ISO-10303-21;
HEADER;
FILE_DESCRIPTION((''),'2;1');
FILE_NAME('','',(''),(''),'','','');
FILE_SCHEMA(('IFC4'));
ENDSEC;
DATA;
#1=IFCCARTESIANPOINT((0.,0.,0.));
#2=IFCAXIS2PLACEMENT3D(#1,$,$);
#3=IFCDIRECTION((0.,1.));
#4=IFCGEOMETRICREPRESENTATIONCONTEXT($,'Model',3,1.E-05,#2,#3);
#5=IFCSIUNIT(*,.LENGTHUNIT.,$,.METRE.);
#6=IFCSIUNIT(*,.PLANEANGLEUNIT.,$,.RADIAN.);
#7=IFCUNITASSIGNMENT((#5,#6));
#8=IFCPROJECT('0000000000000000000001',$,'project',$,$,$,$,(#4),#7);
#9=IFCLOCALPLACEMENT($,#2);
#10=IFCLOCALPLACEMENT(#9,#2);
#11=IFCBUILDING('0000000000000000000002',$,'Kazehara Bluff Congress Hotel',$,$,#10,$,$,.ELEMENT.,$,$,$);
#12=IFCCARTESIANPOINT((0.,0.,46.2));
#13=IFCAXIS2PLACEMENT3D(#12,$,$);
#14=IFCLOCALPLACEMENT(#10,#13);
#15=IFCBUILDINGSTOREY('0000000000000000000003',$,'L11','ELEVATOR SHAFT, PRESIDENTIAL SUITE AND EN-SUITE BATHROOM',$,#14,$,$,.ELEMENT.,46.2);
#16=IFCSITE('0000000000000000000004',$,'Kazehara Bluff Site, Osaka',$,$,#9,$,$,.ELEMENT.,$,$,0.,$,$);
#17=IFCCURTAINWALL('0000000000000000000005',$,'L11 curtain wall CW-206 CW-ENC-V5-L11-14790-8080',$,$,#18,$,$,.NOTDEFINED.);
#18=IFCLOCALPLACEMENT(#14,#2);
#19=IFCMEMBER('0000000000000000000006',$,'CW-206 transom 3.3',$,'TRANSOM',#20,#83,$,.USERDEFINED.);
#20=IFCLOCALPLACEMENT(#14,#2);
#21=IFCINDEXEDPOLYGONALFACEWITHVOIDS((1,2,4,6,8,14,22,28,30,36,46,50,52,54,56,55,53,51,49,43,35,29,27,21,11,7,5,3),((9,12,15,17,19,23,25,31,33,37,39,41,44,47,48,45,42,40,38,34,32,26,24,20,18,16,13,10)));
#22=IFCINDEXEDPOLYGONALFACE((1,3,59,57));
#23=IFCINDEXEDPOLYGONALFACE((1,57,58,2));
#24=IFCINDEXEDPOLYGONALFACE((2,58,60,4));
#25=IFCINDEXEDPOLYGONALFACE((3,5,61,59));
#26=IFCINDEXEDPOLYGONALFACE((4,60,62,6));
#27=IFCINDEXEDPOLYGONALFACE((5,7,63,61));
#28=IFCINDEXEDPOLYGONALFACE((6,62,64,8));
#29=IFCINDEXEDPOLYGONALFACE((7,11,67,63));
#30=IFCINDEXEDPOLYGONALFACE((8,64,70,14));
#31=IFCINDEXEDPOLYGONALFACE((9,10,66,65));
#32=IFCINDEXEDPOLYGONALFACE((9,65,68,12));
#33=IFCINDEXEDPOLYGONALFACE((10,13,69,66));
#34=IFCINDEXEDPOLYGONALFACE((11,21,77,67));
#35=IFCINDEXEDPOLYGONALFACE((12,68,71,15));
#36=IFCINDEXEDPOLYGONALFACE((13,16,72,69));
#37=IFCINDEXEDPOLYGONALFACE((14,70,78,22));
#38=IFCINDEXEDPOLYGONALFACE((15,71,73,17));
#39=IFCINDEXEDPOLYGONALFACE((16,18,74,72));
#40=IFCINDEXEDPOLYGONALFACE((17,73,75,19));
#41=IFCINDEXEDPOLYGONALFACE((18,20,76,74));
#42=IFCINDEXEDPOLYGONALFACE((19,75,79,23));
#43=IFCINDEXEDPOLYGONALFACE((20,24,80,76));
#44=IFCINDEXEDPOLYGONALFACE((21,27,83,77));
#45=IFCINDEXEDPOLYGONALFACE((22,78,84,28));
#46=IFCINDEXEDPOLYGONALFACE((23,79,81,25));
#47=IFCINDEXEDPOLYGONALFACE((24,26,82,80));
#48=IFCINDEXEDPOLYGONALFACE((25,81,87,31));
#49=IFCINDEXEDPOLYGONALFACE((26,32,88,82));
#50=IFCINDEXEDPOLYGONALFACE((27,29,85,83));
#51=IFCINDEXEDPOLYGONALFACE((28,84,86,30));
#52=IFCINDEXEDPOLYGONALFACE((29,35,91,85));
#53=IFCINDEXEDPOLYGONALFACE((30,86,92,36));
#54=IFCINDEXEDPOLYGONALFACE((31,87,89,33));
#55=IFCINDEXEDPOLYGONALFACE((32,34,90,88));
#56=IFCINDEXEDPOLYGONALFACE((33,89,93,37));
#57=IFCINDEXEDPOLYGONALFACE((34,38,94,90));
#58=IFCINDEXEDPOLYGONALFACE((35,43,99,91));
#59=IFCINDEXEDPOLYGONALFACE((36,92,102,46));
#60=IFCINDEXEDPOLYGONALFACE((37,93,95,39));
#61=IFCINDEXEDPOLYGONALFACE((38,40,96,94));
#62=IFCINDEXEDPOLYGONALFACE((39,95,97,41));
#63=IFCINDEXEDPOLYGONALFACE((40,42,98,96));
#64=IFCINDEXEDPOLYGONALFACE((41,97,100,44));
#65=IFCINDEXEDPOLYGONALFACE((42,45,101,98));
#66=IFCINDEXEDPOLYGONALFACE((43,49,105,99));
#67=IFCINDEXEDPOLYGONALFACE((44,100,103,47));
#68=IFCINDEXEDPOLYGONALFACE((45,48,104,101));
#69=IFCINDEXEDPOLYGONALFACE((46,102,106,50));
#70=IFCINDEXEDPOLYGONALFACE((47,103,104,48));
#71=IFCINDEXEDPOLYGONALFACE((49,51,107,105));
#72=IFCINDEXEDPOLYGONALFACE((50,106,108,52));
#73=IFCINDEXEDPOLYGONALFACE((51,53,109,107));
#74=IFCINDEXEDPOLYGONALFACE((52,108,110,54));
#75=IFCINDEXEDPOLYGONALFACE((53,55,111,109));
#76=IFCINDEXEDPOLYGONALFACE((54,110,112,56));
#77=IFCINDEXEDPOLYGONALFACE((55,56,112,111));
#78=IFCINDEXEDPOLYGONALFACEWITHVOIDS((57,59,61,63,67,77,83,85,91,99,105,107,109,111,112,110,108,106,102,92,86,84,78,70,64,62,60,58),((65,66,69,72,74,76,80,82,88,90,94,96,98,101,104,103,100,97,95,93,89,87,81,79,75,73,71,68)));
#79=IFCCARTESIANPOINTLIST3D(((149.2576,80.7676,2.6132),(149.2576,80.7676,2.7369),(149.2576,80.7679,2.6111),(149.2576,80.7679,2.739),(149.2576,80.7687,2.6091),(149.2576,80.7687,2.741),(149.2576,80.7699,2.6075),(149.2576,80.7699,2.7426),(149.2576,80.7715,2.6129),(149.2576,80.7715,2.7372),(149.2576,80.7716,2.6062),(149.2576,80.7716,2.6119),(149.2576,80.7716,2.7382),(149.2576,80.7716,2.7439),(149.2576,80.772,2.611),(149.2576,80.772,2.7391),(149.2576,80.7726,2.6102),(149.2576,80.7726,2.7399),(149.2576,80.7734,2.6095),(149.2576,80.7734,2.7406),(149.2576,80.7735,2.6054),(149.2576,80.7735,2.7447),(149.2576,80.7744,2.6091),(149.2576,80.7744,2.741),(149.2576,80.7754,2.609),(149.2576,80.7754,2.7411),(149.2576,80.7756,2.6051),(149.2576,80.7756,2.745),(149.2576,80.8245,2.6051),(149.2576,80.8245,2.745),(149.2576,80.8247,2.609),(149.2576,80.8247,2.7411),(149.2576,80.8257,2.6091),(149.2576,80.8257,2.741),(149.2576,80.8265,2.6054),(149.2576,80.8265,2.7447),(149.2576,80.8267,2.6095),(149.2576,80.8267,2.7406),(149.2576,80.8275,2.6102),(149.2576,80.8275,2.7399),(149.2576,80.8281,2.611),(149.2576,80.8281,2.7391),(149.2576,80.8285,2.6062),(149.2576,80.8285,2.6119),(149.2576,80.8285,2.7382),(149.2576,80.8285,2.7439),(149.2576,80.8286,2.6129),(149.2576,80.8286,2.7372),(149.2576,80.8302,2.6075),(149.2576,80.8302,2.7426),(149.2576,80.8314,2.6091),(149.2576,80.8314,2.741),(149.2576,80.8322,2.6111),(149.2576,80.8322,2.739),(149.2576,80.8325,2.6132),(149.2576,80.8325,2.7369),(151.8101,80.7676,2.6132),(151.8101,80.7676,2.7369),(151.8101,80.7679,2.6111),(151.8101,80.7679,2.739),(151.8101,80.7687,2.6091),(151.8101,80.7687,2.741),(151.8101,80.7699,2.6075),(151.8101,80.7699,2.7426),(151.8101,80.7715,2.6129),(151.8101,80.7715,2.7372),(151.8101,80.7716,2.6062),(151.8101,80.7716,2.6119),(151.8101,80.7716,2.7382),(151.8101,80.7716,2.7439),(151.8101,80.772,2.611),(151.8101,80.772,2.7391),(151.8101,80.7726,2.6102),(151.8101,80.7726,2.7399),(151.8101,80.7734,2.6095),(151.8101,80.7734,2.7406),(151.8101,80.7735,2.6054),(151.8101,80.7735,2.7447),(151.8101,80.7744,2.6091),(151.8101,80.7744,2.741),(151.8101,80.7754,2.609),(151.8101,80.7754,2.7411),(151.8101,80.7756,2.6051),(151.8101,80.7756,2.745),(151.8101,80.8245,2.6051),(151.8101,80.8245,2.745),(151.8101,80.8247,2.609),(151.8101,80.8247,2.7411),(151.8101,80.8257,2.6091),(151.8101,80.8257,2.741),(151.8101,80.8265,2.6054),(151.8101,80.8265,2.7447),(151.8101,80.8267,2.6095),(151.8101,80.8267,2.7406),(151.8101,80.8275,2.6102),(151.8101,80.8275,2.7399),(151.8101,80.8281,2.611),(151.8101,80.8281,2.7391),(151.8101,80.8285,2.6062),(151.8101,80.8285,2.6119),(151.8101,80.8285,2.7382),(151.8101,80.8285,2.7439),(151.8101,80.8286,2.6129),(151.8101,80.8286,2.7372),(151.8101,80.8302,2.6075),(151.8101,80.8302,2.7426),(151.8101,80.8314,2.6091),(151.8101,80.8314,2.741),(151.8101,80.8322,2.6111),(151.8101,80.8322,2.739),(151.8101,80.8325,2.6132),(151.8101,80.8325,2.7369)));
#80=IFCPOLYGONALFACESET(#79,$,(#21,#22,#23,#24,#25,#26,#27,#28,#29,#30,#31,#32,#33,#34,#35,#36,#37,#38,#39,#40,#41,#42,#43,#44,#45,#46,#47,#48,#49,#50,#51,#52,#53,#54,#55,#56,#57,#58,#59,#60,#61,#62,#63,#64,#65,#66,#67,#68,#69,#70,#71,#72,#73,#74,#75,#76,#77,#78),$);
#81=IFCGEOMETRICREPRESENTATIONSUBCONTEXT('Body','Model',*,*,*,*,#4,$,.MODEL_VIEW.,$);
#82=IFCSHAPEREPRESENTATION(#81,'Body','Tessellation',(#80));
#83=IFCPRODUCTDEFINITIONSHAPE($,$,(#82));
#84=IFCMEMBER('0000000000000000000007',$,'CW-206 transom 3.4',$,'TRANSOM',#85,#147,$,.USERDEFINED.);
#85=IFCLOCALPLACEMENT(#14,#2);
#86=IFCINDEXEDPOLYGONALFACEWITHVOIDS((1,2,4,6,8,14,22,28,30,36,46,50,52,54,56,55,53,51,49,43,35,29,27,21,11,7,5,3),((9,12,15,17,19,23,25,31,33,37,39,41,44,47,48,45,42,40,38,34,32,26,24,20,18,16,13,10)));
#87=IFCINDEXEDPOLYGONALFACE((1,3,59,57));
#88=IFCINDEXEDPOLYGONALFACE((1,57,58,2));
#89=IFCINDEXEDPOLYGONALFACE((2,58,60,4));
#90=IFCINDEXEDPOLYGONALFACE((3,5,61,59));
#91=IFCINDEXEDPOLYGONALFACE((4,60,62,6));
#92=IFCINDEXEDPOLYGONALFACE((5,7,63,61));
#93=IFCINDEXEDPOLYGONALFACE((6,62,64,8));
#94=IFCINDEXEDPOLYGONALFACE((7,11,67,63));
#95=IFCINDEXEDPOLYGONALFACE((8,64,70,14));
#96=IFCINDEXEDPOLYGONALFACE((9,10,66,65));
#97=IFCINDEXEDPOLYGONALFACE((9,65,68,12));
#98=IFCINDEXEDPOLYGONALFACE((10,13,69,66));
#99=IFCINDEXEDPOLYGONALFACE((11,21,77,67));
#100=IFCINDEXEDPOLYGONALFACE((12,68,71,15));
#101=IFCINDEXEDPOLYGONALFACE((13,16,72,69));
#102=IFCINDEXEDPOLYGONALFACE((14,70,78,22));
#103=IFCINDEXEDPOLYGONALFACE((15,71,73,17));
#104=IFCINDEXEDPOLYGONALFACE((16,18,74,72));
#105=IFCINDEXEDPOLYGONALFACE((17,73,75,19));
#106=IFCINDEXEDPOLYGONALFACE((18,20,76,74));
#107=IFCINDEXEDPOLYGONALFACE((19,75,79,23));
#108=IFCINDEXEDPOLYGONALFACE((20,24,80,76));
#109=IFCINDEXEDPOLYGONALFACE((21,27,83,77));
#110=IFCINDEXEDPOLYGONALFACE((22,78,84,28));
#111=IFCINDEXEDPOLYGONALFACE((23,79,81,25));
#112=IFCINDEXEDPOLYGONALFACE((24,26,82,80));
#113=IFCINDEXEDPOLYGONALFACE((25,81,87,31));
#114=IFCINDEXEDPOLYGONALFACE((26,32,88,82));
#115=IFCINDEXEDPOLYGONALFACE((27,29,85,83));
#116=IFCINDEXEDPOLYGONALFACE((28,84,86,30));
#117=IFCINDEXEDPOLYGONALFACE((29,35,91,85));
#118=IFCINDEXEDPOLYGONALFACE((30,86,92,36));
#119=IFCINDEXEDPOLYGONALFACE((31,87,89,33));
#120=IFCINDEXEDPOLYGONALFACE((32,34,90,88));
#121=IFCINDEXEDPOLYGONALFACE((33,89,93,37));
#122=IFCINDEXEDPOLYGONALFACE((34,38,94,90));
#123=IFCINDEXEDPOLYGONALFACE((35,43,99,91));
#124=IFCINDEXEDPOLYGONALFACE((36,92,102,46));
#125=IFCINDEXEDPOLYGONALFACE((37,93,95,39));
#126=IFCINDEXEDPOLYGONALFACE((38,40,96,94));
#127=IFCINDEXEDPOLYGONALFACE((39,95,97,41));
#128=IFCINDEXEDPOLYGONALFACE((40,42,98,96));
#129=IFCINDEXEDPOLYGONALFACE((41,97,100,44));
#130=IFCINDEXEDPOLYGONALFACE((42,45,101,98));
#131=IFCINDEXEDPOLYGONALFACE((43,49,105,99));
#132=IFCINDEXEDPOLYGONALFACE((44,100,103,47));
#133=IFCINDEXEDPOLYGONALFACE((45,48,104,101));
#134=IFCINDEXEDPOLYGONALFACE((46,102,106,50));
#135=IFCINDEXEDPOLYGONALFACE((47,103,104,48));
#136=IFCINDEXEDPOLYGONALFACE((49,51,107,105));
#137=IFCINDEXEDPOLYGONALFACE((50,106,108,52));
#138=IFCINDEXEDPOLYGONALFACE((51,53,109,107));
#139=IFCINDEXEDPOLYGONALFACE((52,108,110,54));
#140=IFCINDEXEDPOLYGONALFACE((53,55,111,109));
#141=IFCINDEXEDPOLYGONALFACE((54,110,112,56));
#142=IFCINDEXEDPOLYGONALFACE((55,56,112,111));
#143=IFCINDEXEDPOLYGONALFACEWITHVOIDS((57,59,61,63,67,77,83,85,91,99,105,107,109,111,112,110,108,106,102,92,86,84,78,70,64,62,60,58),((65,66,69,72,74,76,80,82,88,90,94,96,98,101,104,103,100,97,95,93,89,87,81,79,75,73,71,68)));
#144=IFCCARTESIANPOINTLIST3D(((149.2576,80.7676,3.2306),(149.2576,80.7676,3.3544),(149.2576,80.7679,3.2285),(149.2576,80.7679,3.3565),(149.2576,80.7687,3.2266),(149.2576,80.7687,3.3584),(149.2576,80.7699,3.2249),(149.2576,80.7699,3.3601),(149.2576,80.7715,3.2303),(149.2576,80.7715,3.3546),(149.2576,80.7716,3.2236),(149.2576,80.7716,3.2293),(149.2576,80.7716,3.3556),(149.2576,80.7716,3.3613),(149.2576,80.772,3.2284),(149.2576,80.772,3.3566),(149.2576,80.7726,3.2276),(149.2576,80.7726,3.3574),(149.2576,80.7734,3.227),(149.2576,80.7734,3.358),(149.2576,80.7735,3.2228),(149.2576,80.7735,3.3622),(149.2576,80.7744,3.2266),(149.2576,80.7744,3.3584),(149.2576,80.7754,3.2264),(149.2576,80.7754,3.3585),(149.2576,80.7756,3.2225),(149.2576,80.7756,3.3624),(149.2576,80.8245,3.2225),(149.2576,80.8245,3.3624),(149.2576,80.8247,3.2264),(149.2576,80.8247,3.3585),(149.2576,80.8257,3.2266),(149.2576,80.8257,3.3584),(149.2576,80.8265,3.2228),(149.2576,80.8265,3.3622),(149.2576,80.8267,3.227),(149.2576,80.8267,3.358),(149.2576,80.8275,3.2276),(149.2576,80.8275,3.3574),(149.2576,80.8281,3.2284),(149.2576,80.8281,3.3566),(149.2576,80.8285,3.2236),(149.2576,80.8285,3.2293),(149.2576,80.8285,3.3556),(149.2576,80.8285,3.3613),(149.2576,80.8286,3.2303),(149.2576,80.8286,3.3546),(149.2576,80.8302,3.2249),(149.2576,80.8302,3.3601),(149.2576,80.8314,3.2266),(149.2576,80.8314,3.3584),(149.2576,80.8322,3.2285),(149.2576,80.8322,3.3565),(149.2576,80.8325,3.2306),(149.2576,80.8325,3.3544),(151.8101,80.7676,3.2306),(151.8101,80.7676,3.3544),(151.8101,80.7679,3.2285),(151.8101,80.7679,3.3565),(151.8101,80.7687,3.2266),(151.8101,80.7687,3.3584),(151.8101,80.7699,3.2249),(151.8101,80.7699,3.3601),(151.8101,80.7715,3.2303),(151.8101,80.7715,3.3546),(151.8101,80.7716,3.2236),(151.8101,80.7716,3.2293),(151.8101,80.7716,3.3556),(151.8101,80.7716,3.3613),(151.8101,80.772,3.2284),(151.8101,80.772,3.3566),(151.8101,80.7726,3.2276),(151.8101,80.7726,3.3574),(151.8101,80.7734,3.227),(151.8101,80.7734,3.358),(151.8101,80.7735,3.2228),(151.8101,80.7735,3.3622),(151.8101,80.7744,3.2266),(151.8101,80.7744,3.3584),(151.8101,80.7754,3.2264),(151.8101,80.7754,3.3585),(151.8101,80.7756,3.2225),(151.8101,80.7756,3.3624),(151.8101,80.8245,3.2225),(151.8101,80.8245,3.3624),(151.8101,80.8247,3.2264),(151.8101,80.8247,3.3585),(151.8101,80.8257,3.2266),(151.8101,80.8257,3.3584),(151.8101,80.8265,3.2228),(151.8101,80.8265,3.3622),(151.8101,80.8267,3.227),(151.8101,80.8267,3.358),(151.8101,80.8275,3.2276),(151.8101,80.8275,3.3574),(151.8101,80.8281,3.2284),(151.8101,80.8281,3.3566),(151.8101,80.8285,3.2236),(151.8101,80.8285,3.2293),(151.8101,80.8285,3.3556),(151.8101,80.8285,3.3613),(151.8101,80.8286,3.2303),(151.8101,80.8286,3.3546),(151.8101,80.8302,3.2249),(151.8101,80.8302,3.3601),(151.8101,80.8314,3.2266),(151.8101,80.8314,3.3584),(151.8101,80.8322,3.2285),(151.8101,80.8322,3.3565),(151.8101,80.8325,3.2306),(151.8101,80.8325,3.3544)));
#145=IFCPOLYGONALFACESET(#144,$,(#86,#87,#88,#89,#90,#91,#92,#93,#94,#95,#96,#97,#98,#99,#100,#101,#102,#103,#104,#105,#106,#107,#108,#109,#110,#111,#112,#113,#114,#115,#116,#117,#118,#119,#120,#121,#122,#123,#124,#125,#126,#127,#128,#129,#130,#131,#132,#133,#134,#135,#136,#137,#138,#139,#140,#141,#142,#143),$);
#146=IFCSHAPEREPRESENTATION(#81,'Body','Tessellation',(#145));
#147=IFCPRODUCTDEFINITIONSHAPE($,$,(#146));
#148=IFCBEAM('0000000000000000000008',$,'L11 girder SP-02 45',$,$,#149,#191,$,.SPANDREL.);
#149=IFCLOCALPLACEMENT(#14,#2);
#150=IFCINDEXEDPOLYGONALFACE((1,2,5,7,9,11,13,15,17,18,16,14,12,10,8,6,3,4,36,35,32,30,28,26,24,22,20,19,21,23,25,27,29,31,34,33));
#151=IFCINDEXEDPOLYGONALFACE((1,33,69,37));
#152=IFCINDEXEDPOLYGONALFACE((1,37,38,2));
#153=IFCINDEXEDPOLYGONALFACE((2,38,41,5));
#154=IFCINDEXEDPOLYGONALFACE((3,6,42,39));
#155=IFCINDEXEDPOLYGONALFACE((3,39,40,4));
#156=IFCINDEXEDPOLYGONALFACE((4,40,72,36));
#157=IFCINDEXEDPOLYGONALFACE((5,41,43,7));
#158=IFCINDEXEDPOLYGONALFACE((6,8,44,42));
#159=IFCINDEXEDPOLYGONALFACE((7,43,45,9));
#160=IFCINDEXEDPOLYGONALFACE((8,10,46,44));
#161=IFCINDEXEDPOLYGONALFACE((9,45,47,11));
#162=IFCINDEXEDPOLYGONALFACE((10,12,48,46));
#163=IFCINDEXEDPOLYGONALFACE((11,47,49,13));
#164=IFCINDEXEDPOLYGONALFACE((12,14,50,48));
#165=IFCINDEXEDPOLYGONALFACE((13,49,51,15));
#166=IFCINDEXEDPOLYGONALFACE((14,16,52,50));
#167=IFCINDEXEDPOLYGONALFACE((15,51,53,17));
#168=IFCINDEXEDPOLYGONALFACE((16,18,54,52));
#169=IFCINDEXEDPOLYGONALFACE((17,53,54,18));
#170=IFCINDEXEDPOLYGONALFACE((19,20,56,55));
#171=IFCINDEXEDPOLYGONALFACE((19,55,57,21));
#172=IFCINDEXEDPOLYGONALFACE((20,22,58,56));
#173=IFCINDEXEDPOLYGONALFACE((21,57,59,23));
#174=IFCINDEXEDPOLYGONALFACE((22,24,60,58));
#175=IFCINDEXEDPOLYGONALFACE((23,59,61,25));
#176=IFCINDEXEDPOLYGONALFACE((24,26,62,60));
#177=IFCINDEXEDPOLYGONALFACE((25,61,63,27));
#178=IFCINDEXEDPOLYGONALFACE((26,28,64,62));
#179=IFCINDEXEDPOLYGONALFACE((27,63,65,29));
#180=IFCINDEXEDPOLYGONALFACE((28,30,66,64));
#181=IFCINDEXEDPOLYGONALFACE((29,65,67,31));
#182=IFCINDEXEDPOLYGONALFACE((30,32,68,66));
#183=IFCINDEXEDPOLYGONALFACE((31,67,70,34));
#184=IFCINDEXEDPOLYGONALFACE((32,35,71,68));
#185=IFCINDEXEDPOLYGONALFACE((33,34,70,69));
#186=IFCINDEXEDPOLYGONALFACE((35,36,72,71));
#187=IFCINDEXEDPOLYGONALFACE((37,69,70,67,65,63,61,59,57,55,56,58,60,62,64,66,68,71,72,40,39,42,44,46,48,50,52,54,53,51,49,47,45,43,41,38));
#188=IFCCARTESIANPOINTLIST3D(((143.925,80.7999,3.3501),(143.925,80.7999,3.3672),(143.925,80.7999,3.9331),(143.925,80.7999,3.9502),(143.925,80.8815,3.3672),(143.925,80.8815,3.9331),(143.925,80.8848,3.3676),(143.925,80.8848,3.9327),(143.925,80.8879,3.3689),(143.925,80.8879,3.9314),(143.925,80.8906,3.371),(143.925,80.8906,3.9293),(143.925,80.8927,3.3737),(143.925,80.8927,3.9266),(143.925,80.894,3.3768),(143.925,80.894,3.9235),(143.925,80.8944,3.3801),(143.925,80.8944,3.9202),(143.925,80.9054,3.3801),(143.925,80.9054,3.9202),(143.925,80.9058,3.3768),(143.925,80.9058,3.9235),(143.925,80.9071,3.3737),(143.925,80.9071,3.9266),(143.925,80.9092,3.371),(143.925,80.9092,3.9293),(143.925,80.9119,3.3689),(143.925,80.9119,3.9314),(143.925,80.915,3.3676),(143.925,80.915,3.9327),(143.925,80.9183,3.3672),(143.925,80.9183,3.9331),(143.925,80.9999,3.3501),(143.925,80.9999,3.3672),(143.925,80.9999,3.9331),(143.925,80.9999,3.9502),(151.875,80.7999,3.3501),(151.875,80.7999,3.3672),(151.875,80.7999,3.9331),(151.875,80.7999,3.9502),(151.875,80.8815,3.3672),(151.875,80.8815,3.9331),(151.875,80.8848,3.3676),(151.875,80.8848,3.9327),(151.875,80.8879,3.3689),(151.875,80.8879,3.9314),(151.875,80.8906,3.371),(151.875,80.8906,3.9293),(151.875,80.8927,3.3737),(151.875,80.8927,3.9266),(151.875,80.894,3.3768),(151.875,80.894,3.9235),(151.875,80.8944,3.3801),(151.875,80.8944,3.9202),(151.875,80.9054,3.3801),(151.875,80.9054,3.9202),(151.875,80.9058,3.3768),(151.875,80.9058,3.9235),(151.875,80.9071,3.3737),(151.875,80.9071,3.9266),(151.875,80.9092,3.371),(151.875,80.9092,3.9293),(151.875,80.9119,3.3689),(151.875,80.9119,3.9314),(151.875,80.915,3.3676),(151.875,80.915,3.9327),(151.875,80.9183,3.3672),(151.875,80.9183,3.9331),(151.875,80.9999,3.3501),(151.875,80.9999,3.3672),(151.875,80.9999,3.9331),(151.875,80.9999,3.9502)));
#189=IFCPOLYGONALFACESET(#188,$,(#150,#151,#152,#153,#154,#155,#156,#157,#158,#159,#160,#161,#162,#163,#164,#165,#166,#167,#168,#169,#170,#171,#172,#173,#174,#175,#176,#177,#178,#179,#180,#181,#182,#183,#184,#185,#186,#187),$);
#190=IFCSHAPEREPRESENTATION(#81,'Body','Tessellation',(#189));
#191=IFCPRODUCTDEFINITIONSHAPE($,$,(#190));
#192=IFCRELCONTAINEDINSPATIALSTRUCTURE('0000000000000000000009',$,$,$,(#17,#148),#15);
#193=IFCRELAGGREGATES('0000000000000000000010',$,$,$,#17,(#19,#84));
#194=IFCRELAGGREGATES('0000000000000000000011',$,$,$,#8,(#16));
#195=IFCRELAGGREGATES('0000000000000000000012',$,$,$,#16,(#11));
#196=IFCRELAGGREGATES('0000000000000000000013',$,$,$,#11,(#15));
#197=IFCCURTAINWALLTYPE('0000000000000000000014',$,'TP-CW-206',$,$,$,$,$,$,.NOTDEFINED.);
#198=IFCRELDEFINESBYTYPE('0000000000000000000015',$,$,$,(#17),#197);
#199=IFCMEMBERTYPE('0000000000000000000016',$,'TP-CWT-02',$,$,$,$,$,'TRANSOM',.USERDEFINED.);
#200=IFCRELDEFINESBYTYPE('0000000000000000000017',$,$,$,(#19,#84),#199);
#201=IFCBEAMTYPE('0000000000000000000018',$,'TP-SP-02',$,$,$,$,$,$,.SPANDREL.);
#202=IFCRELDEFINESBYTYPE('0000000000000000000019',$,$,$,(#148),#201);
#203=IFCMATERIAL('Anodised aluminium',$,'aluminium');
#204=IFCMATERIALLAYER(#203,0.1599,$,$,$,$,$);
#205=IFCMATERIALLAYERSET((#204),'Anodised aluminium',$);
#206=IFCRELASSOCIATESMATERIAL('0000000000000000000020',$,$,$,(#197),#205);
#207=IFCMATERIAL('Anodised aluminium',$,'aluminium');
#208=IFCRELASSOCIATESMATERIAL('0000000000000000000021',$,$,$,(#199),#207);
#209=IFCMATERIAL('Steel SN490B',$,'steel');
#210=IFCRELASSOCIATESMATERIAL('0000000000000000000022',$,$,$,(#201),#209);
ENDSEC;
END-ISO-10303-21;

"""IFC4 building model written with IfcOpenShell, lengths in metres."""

from ifc_helpers import new_model, si_unit, direction, frame, origin, origin_2d, place, context, subcontext, project, spatial, hollow_rectangle, i_section, extrude, material, layer, layer_set, material_profile, profile_set, type_object, element, aggregate, save


model = new_model("IFC4")

# Units and contexts
model_context = context("Model", 3, precision=1e-05, world=origin(), true_north=direction((0.0, 1.0)))
body_context = subcontext(model_context, "Body", "Model", "MODEL_VIEW")
ifc_project = project(units=[si_unit("LENGTHUNIT", "METRE"), si_unit("PLANEANGLEUNIT", "RADIAN")], contexts=[model_context])

# Site, building, storey
site_placement = place(None, origin())
site = spatial("IfcSite", under=ifc_project, at=site_placement, Name="Kazehara Bluff Site, Osaka", CompositionType="ELEMENT", RefElevation=0.0)
building_placement = place(site_placement, origin())
building = spatial("IfcBuilding", under=site, at=building_placement, Name="Kazehara Bluff Congress Hotel", CompositionType="ELEMENT")
storey_placement = place(building_placement, frame((0.0, 0.0, 46.2)))
storey = spatial("IfcBuildingStorey", under=building, at=storey_placement, Name="L11", Description="ELEVATOR SHAFT, PRESIDENTIAL SUITE AND EN-SUITE BATHROOM", CompositionType="ELEMENT", Elevation=46.2)

# Curtain wall, members
ifc_material_1 = material(Name="Anodised aluminium", Category="aluminium")
ifc_layer_1 = layer(ifc_material_1, 0.1599)
ifc_layer_set_1 = layer_set([ifc_layer_1], Name="Anodised aluminium")
curtain_wall_type = type_object("IfcCurtainWallType", Name="TP-CW-206", PredefinedType="NOTDEFINED", material=ifc_layer_set_1)
curtain_wall_placement = place(storey_placement, origin())
curtain_wall = element("IfcCurtainWall", 1, at=curtain_wall_placement, inside=storey, type_object=curtain_wall_type, Name="L11 curtain wall CW-206 CW-ENC-V5-L11-14790-8080", PredefinedType="NOTDEFINED")
ifc_material_2 = material(Name="Anodised aluminium", Category="aluminium")
ifc_material_profile_1 = material_profile(ifc_material_2, hollow_rectangle(XDim=0.0649, YDim=0.1399, WallThickness=0.0039, InnerFilletRadius=0.0039, OuterFilletRadius=0.0081, at=origin_2d()))
ifc_profile_set_1 = profile_set([ifc_material_profile_1], Name="Anodised aluminium")
member_type_1 = type_object("IfcMemberType", Name="TP-CWT-02", ElementType="TRANSOM", PredefinedType="USERDEFINED", material=ifc_profile_set_1)
member_1_placement = place(storey_placement, frame((149.2576, 80.8, 2.675), z_axis=(1.0, 0.0, 0.0), x_axis=(0.0, 1.0, 0.0)))
member_1 = element("IfcMember", 2, at=member_1_placement, type_object=member_type_1, Name="CW-206 transom 3.3", ObjectType="TRANSOM", PredefinedType="USERDEFINED", context=body_context, shape_type="SweptSolid", body=[
    extrude(hollow_rectangle(XDim=0.0649, YDim=0.1399, WallThickness=0.0039, InnerFilletRadius=0.0039, OuterFilletRadius=0.0081, at=origin_2d()), origin(), (0.0, 0.0, 1.0), 2.5525),
])
member_2_placement = place(storey_placement, frame((149.2576, 80.8, 3.2925), z_axis=(1.0, 0.0, 0.0), x_axis=(0.0, 1.0, 0.0)))
member_2 = element("IfcMember", 3, at=member_2_placement, type_object=member_type_1, Name="CW-206 transom 3.4", ObjectType="TRANSOM", PredefinedType="USERDEFINED", context=body_context, shape_type="SweptSolid", body=[
    extrude(hollow_rectangle(XDim=0.0649, YDim=0.1399, WallThickness=0.0039, InnerFilletRadius=0.0039, OuterFilletRadius=0.0081, at=origin_2d()), origin(), (0.0, 0.0, 1.0), 2.5525),
])

# Beam
ifc_material_3 = material(Name="Steel SN490B", Category="steel")
ifc_material_profile_2 = material_profile(ifc_material_3, i_section(OverallWidth=0.2, OverallDepth=0.6001, WebThickness=0.011, FlangeThickness=0.0171, FilletRadius=0.0129, at=origin_2d()))
ifc_profile_set_2 = profile_set([ifc_material_profile_2], Name="Steel SN490B")
beam_type = type_object("IfcBeamType", Name="TP-SP-02", PredefinedType="SPANDREL", material=ifc_profile_set_2)
beam_placement = place(storey_placement, frame((143.925, 80.8999, 3.6501), z_axis=(1.0, 0.0, 0.0), x_axis=(0.0, 1.0, 0.0)))
element("IfcBeam", 4, at=beam_placement, inside=storey, type_object=beam_type, Name="L11 girder SP-02 45", PredefinedType="SPANDREL", context=body_context, shape_type="SweptSolid", body=[
    extrude(i_section(OverallWidth=0.2, OverallDepth=0.6001, WebThickness=0.011, FlangeThickness=0.0171, FilletRadius=0.0129, at=origin_2d()), origin(), (0.0, 0.0, 1.0), 7.95),
])

aggregate(curtain_wall, [member_1, member_2])

save(model, "model.ifc")
